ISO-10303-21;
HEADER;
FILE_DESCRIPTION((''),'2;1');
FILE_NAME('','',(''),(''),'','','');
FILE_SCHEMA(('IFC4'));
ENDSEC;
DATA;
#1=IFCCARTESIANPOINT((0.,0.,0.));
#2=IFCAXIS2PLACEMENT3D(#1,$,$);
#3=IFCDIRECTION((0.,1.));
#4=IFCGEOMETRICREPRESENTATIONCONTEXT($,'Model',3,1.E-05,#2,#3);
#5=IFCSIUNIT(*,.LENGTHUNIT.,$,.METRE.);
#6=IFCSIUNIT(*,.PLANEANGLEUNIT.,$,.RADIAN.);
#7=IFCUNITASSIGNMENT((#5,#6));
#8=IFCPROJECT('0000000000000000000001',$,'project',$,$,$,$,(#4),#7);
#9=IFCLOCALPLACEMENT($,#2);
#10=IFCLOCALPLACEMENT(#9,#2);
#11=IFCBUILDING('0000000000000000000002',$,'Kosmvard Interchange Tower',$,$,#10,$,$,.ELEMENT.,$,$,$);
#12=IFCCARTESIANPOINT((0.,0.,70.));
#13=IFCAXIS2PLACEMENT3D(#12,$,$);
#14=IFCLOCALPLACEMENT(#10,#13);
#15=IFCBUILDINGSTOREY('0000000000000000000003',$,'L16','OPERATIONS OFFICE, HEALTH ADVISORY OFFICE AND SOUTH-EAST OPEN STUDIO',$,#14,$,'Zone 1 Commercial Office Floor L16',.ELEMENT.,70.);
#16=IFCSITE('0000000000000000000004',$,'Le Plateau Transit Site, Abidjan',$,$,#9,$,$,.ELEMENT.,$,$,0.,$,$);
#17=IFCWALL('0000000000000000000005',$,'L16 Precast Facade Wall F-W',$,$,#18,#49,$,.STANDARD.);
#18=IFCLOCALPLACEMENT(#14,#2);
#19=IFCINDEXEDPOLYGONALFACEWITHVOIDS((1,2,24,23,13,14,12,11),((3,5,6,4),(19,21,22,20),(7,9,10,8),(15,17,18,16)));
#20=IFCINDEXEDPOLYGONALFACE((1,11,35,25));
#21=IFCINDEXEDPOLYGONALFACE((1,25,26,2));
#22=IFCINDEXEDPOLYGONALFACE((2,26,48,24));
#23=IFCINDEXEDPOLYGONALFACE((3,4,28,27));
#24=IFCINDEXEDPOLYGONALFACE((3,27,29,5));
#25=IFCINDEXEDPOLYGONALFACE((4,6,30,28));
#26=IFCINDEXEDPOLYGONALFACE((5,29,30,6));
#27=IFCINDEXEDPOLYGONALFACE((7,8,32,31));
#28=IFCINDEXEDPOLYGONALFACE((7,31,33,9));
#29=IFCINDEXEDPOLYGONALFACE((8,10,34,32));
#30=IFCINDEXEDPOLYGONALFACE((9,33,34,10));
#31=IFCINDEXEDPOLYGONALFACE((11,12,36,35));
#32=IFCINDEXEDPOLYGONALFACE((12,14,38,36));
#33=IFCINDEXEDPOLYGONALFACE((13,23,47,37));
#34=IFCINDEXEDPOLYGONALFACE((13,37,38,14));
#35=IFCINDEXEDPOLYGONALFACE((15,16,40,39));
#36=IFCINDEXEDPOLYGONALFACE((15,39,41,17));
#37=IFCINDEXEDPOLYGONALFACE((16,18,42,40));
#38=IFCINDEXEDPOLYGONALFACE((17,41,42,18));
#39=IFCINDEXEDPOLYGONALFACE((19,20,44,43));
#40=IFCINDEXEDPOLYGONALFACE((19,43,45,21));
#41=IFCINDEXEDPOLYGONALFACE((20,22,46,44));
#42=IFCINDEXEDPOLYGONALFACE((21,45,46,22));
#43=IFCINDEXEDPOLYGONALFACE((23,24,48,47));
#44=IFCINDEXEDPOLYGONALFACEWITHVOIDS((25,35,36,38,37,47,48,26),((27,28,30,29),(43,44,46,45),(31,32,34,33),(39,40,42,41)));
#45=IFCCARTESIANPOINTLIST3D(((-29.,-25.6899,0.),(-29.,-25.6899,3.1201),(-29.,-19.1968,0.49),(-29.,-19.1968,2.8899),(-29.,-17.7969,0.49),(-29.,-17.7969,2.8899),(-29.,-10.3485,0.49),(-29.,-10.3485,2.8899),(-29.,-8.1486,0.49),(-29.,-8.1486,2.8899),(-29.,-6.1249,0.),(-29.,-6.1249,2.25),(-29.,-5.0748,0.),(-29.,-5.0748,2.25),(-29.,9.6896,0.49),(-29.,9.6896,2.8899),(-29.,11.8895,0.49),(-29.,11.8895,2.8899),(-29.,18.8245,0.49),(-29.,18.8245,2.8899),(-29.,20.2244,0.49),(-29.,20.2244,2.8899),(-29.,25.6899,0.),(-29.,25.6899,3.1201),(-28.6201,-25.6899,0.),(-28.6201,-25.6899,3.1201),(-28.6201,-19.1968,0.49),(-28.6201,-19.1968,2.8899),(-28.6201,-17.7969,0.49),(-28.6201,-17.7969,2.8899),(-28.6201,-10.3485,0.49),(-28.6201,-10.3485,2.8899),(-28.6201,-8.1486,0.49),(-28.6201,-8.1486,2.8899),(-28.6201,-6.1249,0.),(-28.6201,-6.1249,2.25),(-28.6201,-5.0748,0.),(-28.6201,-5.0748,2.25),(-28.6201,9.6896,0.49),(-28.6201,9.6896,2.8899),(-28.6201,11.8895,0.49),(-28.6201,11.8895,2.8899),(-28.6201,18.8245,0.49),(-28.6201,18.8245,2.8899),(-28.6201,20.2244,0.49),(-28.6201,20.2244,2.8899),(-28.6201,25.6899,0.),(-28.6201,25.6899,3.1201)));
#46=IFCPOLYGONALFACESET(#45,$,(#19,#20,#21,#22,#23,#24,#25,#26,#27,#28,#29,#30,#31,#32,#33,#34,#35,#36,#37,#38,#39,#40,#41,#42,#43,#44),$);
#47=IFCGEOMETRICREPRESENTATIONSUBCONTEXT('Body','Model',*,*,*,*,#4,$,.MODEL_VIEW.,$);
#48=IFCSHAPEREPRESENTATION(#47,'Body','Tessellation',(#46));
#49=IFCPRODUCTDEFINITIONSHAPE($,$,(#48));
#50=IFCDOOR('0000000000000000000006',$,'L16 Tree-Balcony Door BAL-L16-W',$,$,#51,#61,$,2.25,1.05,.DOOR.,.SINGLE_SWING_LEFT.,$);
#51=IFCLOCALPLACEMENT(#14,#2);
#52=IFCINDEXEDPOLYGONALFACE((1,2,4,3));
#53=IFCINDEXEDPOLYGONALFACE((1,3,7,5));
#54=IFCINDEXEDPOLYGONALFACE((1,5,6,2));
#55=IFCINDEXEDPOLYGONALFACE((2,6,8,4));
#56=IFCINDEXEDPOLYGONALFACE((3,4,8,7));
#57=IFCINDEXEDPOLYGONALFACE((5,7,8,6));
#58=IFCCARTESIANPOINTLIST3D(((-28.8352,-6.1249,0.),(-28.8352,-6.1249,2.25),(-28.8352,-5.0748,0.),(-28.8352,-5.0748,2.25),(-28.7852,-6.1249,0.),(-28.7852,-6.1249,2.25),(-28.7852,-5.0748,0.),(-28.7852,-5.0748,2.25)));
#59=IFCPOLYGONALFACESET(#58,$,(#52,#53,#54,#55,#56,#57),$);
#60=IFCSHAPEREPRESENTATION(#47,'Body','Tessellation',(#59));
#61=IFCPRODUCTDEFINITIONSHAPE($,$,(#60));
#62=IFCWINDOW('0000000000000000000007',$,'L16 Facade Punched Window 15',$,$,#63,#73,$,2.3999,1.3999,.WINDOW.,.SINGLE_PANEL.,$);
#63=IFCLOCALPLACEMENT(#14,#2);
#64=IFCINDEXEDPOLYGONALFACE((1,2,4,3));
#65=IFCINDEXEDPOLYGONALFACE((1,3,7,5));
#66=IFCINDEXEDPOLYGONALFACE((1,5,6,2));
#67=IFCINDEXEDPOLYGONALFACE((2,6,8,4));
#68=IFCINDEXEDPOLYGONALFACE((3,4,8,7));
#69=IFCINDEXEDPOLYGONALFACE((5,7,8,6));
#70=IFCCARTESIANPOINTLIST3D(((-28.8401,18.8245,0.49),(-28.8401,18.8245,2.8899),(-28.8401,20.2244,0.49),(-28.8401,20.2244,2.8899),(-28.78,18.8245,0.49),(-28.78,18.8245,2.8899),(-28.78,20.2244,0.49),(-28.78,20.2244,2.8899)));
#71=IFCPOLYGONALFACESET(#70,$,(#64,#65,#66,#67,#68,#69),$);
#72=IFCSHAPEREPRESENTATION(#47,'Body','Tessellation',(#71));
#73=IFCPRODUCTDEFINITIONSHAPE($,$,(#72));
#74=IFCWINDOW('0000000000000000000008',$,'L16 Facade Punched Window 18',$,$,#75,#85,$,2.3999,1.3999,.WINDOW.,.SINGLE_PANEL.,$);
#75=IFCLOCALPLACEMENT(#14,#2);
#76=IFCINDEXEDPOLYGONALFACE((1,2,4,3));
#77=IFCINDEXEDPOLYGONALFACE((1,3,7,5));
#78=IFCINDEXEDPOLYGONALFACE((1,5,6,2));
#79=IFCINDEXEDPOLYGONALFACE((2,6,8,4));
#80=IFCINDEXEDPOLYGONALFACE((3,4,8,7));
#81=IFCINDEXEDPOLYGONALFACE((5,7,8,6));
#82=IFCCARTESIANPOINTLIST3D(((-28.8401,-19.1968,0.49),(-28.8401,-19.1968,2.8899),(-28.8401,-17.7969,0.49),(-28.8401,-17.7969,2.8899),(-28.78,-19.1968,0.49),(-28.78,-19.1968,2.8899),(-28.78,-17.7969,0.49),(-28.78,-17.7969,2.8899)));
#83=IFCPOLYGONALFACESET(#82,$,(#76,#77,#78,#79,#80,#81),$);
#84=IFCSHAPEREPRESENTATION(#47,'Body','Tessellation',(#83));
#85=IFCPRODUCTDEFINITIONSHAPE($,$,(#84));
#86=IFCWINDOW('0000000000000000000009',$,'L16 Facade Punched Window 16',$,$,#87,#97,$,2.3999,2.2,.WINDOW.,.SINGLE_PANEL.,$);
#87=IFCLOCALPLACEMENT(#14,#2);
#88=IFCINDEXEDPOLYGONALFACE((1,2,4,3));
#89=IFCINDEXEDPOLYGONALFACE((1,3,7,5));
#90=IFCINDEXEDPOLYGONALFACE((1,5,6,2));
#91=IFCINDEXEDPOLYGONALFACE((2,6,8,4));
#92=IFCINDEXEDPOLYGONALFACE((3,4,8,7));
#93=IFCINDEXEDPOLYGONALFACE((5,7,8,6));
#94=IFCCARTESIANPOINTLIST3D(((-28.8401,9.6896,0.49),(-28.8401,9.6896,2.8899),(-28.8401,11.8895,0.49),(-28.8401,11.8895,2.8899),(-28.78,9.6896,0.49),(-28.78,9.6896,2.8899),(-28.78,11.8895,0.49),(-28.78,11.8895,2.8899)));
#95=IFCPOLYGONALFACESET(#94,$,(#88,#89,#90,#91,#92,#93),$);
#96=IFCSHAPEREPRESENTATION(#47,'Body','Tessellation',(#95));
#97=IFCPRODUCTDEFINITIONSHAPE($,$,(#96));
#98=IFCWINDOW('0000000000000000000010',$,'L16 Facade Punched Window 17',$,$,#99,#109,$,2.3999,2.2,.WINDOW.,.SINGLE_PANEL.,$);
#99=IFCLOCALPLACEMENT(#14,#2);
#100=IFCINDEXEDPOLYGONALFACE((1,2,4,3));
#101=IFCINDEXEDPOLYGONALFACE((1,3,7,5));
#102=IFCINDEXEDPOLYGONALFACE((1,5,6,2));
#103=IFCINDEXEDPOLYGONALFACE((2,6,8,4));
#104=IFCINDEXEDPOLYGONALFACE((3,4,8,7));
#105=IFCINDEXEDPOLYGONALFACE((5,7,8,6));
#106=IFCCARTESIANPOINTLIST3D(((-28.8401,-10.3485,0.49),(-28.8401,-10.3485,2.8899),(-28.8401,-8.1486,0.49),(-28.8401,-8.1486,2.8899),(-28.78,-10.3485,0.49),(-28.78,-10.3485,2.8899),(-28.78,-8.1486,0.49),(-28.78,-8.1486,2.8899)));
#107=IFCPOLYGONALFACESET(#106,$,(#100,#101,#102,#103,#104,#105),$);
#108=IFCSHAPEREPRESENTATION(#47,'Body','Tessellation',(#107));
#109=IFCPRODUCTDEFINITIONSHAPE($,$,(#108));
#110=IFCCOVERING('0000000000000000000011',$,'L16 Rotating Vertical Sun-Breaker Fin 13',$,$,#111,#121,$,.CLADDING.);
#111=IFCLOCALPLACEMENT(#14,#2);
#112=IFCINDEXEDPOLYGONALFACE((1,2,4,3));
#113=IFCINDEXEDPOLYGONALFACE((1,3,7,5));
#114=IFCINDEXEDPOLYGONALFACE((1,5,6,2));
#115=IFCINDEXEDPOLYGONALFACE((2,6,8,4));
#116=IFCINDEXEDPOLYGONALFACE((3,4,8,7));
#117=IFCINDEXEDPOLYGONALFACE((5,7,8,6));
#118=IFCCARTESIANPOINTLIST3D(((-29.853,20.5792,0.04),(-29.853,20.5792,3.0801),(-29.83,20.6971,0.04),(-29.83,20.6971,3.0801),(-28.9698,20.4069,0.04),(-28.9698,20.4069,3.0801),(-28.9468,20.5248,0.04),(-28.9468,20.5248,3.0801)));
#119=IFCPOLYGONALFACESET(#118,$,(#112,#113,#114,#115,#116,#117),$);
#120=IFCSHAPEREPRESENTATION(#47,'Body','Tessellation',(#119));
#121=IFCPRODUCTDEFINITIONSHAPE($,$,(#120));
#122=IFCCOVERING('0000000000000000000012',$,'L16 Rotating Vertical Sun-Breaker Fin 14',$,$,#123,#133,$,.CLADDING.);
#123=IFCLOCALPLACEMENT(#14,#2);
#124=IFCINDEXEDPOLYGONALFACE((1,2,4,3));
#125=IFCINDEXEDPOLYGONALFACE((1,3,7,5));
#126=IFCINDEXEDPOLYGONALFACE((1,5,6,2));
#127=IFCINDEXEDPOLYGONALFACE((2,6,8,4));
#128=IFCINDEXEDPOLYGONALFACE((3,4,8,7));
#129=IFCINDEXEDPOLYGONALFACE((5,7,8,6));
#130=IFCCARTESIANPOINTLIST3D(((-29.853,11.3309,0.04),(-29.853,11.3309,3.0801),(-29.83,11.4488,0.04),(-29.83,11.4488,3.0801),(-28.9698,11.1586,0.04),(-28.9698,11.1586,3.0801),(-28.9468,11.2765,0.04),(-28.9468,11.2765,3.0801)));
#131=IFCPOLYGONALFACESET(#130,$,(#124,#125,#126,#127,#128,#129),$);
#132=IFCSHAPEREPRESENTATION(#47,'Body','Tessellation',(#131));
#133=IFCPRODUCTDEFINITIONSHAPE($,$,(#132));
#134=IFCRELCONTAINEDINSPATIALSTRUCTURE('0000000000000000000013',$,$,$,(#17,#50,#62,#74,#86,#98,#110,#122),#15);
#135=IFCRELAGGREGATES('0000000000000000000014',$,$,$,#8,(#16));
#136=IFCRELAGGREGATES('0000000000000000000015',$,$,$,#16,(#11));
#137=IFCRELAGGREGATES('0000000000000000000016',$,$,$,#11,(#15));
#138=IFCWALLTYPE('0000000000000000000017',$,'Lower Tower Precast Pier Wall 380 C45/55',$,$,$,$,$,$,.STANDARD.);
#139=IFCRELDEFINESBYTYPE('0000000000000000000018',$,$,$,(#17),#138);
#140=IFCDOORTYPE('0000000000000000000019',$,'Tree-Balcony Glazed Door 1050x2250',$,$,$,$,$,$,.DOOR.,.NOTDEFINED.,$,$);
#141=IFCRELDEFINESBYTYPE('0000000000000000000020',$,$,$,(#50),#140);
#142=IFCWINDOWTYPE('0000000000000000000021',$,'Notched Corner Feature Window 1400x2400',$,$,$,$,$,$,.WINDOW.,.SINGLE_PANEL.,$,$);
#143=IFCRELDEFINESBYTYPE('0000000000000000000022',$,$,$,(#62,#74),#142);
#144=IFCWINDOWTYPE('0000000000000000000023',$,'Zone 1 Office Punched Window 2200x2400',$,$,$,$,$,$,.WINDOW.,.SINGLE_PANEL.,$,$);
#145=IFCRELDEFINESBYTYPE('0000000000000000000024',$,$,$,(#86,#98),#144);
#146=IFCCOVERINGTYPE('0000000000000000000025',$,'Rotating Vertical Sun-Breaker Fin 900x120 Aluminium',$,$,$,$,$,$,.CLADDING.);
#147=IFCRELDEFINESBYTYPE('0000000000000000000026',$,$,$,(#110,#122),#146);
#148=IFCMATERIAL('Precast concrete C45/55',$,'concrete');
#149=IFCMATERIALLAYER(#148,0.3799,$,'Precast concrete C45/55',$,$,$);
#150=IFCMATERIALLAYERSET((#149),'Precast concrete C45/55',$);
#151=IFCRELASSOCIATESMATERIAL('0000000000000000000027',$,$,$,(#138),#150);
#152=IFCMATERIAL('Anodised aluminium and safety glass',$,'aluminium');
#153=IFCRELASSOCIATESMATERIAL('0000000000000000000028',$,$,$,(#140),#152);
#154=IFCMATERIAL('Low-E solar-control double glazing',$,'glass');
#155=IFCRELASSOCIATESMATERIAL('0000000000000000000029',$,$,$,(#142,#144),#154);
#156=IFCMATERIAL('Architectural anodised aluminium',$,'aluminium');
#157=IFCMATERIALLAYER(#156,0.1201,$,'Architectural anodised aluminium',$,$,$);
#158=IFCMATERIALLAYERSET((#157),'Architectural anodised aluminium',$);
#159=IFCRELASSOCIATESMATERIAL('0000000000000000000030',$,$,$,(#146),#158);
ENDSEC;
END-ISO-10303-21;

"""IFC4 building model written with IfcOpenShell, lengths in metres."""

from ifc_helpers import new_model, si_unit, direction, frame, frame_2d, origin, origin_2d, place, context, subcontext, project, spatial, rectangle, extrude, source, transform, mapped, material, layer, layer_set, type_object, element, fill, save


model = new_model("IFC4")

# Units and contexts
model_context = context("Model", 3, precision=1e-05, world=origin(), true_north=direction((0.0, 1.0)))
body_context = subcontext(model_context, "Body", "Model", "MODEL_VIEW")
ifc_project = project(units=[si_unit("LENGTHUNIT", "METRE"), si_unit("PLANEANGLEUNIT", "RADIAN")], contexts=[model_context])

# Site, building, storey
site_placement = place(None, origin())
site = spatial("IfcSite", under=ifc_project, at=site_placement, Name="Le Plateau Transit Site, Abidjan", CompositionType="ELEMENT", RefElevation=0.0)
building_placement = place(site_placement, origin())
building = spatial("IfcBuilding", under=site, at=building_placement, Name="Kosmvard Interchange Tower", CompositionType="ELEMENT")
storey_placement = place(building_placement, frame((0.0, 0.0, 70.0)))
storey = spatial("IfcBuildingStorey", under=building, at=storey_placement, Name="L16", Description="OPERATIONS OFFICE, HEALTH ADVISORY OFFICE AND SOUTH-EAST OPEN STUDIO", LongName="Zone 1 Commercial Office Floor L16", CompositionType="ELEMENT", Elevation=70.0)

# Shared definitions
ifc_material_1 = material(Name="Precast concrete C45/55", Category="concrete")

# Shared definitions
ifc_layer_1 = layer(ifc_material_1, 0.3799, Name="Precast concrete C45/55")
ifc_layer_set_1 = layer_set([ifc_layer_1], Name="Precast concrete C45/55")
wall_type = type_object("IfcWallType", Name="Lower Tower Precast Pier Wall 380 C45/55", PredefinedType="STANDARD", material=ifc_layer_set_1)

# Wall, openings, door, windows
wall_1_placement = place(storey_placement, frame((-28.8101, 25.6899, 0.0), z_axis=(0.0, 0.0, 1.0), x_axis=(0.0, -1.0, 0.0)))
wall_1 = element("IfcWall", 1, at=wall_1_placement, inside=storey, type_object=wall_type, Name="L16 Precast Facade Wall F-W", PredefinedType="STANDARD", context=body_context, shape_type="SweptSolid", body=[
    extrude(rectangle(XDim=51.3799, YDim=0.3799, at=frame_2d((25.6899, 0.0))), origin(), (0.0, 0.0, 1.0), 3.1201),
])
opening_1_placement = place(wall_1_placement, frame((30.7649, 0.0, 0.0)))
opening_1 = element("IfcOpeningElement", 2, at=opening_1_placement, cuts=wall_1, PredefinedType="OPENING", context=body_context, shape_type="SweptSolid", body=[
    extrude(rectangle(XDim=1.05, YDim=2.25, at=frame_2d((0.5249, 1.125))), frame((0.0, 0.2, 0.0), z_axis=(0.0, -1.0, 0.0), x_axis=(1.0, 0.0, 0.0)), (0.0, 0.0, 1.0), 0.3999),
])
opening_2_placement = place(wall_1_placement, frame((5.4656, 0.0, 0.49)))
opening_2 = element("IfcOpeningElement", 3, at=opening_2_placement, cuts=wall_1, PredefinedType="OPENING", context=body_context, shape_type="SweptSolid", body=[
    extrude(rectangle(XDim=1.3999, YDim=2.3999, at=frame_2d((0.7, 1.2))), frame((0.0, 0.2, 0.0), z_axis=(0.0, -1.0, 0.0), x_axis=(1.0, 0.0, 0.0)), (0.0, 0.0, 1.0), 0.3999),
])
opening_3_placement = place(wall_1_placement, frame((13.8003, 0.0, 0.49)))
opening_3 = element("IfcOpeningElement", 4, at=opening_3_placement, cuts=wall_1, PredefinedType="OPENING", context=body_context, shape_type="SweptSolid", body=[
    extrude(rectangle(XDim=2.2, YDim=2.3999, at=frame_2d((1.1001, 1.2))), frame((0.0, 0.2, 0.0), z_axis=(0.0, -1.0, 0.0), x_axis=(1.0, 0.0, 0.0)), (0.0, 0.0, 1.0), 0.3999),
])
opening_4_placement = place(wall_1_placement, frame((33.8384, 0.0, 0.49)))
opening_4 = element("IfcOpeningElement", 5, at=opening_4_placement, cuts=wall_1, PredefinedType="OPENING", context=body_context, shape_type="SweptSolid", body=[
    extrude(rectangle(XDim=2.2, YDim=2.3999, at=frame_2d((1.1001, 1.2))), frame((0.0, 0.2, 0.0), z_axis=(0.0, -1.0, 0.0), x_axis=(1.0, 0.0, 0.0)), (0.0, 0.0, 1.0), 0.3999),
])
opening_5_placement = place(wall_1_placement, frame((43.4868, 0.0, 0.49)))
opening_5 = element("IfcOpeningElement", 6, at=opening_5_placement, cuts=wall_1, PredefinedType="OPENING", context=body_context, shape_type="SweptSolid", body=[
    extrude(rectangle(XDim=1.3999, YDim=2.3999, at=frame_2d((0.7, 1.2))), frame((0.0, 0.2, 0.0), z_axis=(0.0, -1.0, 0.0), x_axis=(1.0, 0.0, 0.0)), (0.0, 0.0, 1.0), 0.3999),
])
ifc_material_2 = material(Name="Anodised aluminium and safety glass", Category="aluminium")
door_type = type_object("IfcDoorType", Name="Tree-Balcony Glazed Door 1050x2250", OperationType="NOTDEFINED", PredefinedType="DOOR", material=ifc_material_2)
shared_shape_1 = source(origin(), body_context, "Body", "SweptSolid", [
    extrude(rectangle(XDim=1.05, YDim=2.25, at=frame_2d((0.5249, 1.125))), frame((0.0, 0.0249, 0.0), z_axis=(0.0, -1.0, 0.0), x_axis=(1.0, 0.0, 0.0)), (0.0, 0.0, 1.0), 0.05),
])
door_placement = place(opening_1_placement, origin())
door = element("IfcDoor", 7, at=door_placement, inside=storey, type_object=door_type, Name="L16 Tree-Balcony Door BAL-L16-W", OperationType="SINGLE_SWING_LEFT", OverallHeight=2.25, OverallWidth=1.05, PredefinedType="DOOR", context=body_context, shape_type="MappedRepresentation", body=[
    mapped(shared_shape_1, transform((0.0, 0.0, 0.0), scale=1.0)),
])
fill(opening_1, door)
ifc_material_3 = material(Name="Low-E solar-control double glazing", Category="glass")
window_type_1 = type_object("IfcWindowType", Name="Notched Corner Feature Window 1400x2400", PartitioningType="SINGLE_PANEL", PredefinedType="WINDOW", material=ifc_material_3)
shared_shape_2 = source(origin(), body_context, "Body", "SweptSolid", [
    extrude(rectangle(XDim=1.3999, YDim=2.3999, at=frame_2d((0.7, 1.2))), frame((0.0, 0.03, 0.0), z_axis=(0.0, -1.0, 0.0), x_axis=(1.0, 0.0, 0.0)), (0.0, 0.0, 1.0), 0.0601),
])
window_1_placement = place(opening_2_placement, origin())
window_1 = element("IfcWindow", 8, at=window_1_placement, inside=storey, type_object=window_type_1, Name="L16 Facade Punched Window 15", OverallHeight=2.3999, OverallWidth=1.3999, PartitioningType="SINGLE_PANEL", PredefinedType="WINDOW", context=body_context, shape_type="MappedRepresentation", body=[
    mapped(shared_shape_2, transform((0.0, 0.0, 0.0), scale=1.0)),
])
fill(opening_2, window_1)
window_2_placement = place(opening_5_placement, origin())
window_2 = element("IfcWindow", 9, at=window_2_placement, inside=storey, type_object=window_type_1, Name="L16 Facade Punched Window 18", OverallHeight=2.3999, OverallWidth=1.3999, PartitioningType="SINGLE_PANEL", PredefinedType="WINDOW", context=body_context, shape_type="MappedRepresentation", body=[
    mapped(shared_shape_2, transform((0.0, 0.0, 0.0), scale=1.0)),
])
fill(opening_5, window_2)
window_type_2 = type_object("IfcWindowType", Name="Zone 1 Office Punched Window 2200x2400", PartitioningType="SINGLE_PANEL", PredefinedType="WINDOW", material=ifc_material_3)
shared_shape_3 = source(origin(), body_context, "Body", "SweptSolid", [
    extrude(rectangle(XDim=2.2, YDim=2.3999, at=frame_2d((1.1001, 1.2))), frame((0.0, 0.03, 0.0), z_axis=(0.0, -1.0, 0.0), x_axis=(1.0, 0.0, 0.0)), (0.0, 0.0, 1.0), 0.0601),
])
window_3_placement = place(opening_3_placement, origin())
window_3 = element("IfcWindow", 10, at=window_3_placement, inside=storey, type_object=window_type_2, Name="L16 Facade Punched Window 16", OverallHeight=2.3999, OverallWidth=2.2, PartitioningType="SINGLE_PANEL", PredefinedType="WINDOW", context=body_context, shape_type="MappedRepresentation", body=[
    mapped(shared_shape_3, transform((0.0, 0.0, 0.0), scale=1.0)),
])
fill(opening_3, window_3)
window_4_placement = place(opening_4_placement, origin())
window_4 = element("IfcWindow", 11, at=window_4_placement, inside=storey, type_object=window_type_2, Name="L16 Facade Punched Window 17", OverallHeight=2.3999, OverallWidth=2.2, PartitioningType="SINGLE_PANEL", PredefinedType="WINDOW", context=body_context, shape_type="MappedRepresentation", body=[
    mapped(shared_shape_3, transform((0.0, 0.0, 0.0), scale=1.0)),
])
fill(opening_4, window_4)

# Coverings
ifc_material_4 = material(Name="Architectural anodised aluminium", Category="aluminium")
ifc_layer_2 = layer(ifc_material_4, 0.1201, Name="Architectural anodised aluminium")
ifc_layer_set_2 = layer_set([ifc_layer_2], Name="Architectural anodised aluminium")
covering_type = type_object("IfcCoveringType", Name="Rotating Vertical Sun-Breaker Fin 900x120 Aluminium", PredefinedType="CLADDING", material=ifc_layer_set_2)
shared_shape_4 = source(origin(), body_context, "Body", "SweptSolid", [
    extrude(rectangle(XDim=0.8999, YDim=0.1201, at=origin_2d()), origin(), (0.0, 0.0, 1.0), 3.04),
])
for number, where, z_axis, x_axis, name in (
    (12, (-29.3999, 20.552, 0.04), (0.0, 0.0, 1.0), (-0.981494, 0.191494, 0.0), "L16 Rotating Vertical Sun-Breaker Fin 13"),
    (13, (-29.3999, 11.3037, 0.04), (0.0, 0.0, 1.0), (-0.981494, 0.191494, 0.0), "L16 Rotating Vertical Sun-Breaker Fin 14"),
):
    element("IfcCovering", number, at=place(storey_placement, frame(where, z_axis=z_axis, x_axis=x_axis)), inside=storey, type_object=covering_type, Name=name, PredefinedType="CLADDING", context=body_context, shape_type="MappedRepresentation", body=[
        mapped(shared_shape_4, transform((0.0, 0.0, 0.0), scale=1.0)),
    ])

save(model, "model.ifc")
